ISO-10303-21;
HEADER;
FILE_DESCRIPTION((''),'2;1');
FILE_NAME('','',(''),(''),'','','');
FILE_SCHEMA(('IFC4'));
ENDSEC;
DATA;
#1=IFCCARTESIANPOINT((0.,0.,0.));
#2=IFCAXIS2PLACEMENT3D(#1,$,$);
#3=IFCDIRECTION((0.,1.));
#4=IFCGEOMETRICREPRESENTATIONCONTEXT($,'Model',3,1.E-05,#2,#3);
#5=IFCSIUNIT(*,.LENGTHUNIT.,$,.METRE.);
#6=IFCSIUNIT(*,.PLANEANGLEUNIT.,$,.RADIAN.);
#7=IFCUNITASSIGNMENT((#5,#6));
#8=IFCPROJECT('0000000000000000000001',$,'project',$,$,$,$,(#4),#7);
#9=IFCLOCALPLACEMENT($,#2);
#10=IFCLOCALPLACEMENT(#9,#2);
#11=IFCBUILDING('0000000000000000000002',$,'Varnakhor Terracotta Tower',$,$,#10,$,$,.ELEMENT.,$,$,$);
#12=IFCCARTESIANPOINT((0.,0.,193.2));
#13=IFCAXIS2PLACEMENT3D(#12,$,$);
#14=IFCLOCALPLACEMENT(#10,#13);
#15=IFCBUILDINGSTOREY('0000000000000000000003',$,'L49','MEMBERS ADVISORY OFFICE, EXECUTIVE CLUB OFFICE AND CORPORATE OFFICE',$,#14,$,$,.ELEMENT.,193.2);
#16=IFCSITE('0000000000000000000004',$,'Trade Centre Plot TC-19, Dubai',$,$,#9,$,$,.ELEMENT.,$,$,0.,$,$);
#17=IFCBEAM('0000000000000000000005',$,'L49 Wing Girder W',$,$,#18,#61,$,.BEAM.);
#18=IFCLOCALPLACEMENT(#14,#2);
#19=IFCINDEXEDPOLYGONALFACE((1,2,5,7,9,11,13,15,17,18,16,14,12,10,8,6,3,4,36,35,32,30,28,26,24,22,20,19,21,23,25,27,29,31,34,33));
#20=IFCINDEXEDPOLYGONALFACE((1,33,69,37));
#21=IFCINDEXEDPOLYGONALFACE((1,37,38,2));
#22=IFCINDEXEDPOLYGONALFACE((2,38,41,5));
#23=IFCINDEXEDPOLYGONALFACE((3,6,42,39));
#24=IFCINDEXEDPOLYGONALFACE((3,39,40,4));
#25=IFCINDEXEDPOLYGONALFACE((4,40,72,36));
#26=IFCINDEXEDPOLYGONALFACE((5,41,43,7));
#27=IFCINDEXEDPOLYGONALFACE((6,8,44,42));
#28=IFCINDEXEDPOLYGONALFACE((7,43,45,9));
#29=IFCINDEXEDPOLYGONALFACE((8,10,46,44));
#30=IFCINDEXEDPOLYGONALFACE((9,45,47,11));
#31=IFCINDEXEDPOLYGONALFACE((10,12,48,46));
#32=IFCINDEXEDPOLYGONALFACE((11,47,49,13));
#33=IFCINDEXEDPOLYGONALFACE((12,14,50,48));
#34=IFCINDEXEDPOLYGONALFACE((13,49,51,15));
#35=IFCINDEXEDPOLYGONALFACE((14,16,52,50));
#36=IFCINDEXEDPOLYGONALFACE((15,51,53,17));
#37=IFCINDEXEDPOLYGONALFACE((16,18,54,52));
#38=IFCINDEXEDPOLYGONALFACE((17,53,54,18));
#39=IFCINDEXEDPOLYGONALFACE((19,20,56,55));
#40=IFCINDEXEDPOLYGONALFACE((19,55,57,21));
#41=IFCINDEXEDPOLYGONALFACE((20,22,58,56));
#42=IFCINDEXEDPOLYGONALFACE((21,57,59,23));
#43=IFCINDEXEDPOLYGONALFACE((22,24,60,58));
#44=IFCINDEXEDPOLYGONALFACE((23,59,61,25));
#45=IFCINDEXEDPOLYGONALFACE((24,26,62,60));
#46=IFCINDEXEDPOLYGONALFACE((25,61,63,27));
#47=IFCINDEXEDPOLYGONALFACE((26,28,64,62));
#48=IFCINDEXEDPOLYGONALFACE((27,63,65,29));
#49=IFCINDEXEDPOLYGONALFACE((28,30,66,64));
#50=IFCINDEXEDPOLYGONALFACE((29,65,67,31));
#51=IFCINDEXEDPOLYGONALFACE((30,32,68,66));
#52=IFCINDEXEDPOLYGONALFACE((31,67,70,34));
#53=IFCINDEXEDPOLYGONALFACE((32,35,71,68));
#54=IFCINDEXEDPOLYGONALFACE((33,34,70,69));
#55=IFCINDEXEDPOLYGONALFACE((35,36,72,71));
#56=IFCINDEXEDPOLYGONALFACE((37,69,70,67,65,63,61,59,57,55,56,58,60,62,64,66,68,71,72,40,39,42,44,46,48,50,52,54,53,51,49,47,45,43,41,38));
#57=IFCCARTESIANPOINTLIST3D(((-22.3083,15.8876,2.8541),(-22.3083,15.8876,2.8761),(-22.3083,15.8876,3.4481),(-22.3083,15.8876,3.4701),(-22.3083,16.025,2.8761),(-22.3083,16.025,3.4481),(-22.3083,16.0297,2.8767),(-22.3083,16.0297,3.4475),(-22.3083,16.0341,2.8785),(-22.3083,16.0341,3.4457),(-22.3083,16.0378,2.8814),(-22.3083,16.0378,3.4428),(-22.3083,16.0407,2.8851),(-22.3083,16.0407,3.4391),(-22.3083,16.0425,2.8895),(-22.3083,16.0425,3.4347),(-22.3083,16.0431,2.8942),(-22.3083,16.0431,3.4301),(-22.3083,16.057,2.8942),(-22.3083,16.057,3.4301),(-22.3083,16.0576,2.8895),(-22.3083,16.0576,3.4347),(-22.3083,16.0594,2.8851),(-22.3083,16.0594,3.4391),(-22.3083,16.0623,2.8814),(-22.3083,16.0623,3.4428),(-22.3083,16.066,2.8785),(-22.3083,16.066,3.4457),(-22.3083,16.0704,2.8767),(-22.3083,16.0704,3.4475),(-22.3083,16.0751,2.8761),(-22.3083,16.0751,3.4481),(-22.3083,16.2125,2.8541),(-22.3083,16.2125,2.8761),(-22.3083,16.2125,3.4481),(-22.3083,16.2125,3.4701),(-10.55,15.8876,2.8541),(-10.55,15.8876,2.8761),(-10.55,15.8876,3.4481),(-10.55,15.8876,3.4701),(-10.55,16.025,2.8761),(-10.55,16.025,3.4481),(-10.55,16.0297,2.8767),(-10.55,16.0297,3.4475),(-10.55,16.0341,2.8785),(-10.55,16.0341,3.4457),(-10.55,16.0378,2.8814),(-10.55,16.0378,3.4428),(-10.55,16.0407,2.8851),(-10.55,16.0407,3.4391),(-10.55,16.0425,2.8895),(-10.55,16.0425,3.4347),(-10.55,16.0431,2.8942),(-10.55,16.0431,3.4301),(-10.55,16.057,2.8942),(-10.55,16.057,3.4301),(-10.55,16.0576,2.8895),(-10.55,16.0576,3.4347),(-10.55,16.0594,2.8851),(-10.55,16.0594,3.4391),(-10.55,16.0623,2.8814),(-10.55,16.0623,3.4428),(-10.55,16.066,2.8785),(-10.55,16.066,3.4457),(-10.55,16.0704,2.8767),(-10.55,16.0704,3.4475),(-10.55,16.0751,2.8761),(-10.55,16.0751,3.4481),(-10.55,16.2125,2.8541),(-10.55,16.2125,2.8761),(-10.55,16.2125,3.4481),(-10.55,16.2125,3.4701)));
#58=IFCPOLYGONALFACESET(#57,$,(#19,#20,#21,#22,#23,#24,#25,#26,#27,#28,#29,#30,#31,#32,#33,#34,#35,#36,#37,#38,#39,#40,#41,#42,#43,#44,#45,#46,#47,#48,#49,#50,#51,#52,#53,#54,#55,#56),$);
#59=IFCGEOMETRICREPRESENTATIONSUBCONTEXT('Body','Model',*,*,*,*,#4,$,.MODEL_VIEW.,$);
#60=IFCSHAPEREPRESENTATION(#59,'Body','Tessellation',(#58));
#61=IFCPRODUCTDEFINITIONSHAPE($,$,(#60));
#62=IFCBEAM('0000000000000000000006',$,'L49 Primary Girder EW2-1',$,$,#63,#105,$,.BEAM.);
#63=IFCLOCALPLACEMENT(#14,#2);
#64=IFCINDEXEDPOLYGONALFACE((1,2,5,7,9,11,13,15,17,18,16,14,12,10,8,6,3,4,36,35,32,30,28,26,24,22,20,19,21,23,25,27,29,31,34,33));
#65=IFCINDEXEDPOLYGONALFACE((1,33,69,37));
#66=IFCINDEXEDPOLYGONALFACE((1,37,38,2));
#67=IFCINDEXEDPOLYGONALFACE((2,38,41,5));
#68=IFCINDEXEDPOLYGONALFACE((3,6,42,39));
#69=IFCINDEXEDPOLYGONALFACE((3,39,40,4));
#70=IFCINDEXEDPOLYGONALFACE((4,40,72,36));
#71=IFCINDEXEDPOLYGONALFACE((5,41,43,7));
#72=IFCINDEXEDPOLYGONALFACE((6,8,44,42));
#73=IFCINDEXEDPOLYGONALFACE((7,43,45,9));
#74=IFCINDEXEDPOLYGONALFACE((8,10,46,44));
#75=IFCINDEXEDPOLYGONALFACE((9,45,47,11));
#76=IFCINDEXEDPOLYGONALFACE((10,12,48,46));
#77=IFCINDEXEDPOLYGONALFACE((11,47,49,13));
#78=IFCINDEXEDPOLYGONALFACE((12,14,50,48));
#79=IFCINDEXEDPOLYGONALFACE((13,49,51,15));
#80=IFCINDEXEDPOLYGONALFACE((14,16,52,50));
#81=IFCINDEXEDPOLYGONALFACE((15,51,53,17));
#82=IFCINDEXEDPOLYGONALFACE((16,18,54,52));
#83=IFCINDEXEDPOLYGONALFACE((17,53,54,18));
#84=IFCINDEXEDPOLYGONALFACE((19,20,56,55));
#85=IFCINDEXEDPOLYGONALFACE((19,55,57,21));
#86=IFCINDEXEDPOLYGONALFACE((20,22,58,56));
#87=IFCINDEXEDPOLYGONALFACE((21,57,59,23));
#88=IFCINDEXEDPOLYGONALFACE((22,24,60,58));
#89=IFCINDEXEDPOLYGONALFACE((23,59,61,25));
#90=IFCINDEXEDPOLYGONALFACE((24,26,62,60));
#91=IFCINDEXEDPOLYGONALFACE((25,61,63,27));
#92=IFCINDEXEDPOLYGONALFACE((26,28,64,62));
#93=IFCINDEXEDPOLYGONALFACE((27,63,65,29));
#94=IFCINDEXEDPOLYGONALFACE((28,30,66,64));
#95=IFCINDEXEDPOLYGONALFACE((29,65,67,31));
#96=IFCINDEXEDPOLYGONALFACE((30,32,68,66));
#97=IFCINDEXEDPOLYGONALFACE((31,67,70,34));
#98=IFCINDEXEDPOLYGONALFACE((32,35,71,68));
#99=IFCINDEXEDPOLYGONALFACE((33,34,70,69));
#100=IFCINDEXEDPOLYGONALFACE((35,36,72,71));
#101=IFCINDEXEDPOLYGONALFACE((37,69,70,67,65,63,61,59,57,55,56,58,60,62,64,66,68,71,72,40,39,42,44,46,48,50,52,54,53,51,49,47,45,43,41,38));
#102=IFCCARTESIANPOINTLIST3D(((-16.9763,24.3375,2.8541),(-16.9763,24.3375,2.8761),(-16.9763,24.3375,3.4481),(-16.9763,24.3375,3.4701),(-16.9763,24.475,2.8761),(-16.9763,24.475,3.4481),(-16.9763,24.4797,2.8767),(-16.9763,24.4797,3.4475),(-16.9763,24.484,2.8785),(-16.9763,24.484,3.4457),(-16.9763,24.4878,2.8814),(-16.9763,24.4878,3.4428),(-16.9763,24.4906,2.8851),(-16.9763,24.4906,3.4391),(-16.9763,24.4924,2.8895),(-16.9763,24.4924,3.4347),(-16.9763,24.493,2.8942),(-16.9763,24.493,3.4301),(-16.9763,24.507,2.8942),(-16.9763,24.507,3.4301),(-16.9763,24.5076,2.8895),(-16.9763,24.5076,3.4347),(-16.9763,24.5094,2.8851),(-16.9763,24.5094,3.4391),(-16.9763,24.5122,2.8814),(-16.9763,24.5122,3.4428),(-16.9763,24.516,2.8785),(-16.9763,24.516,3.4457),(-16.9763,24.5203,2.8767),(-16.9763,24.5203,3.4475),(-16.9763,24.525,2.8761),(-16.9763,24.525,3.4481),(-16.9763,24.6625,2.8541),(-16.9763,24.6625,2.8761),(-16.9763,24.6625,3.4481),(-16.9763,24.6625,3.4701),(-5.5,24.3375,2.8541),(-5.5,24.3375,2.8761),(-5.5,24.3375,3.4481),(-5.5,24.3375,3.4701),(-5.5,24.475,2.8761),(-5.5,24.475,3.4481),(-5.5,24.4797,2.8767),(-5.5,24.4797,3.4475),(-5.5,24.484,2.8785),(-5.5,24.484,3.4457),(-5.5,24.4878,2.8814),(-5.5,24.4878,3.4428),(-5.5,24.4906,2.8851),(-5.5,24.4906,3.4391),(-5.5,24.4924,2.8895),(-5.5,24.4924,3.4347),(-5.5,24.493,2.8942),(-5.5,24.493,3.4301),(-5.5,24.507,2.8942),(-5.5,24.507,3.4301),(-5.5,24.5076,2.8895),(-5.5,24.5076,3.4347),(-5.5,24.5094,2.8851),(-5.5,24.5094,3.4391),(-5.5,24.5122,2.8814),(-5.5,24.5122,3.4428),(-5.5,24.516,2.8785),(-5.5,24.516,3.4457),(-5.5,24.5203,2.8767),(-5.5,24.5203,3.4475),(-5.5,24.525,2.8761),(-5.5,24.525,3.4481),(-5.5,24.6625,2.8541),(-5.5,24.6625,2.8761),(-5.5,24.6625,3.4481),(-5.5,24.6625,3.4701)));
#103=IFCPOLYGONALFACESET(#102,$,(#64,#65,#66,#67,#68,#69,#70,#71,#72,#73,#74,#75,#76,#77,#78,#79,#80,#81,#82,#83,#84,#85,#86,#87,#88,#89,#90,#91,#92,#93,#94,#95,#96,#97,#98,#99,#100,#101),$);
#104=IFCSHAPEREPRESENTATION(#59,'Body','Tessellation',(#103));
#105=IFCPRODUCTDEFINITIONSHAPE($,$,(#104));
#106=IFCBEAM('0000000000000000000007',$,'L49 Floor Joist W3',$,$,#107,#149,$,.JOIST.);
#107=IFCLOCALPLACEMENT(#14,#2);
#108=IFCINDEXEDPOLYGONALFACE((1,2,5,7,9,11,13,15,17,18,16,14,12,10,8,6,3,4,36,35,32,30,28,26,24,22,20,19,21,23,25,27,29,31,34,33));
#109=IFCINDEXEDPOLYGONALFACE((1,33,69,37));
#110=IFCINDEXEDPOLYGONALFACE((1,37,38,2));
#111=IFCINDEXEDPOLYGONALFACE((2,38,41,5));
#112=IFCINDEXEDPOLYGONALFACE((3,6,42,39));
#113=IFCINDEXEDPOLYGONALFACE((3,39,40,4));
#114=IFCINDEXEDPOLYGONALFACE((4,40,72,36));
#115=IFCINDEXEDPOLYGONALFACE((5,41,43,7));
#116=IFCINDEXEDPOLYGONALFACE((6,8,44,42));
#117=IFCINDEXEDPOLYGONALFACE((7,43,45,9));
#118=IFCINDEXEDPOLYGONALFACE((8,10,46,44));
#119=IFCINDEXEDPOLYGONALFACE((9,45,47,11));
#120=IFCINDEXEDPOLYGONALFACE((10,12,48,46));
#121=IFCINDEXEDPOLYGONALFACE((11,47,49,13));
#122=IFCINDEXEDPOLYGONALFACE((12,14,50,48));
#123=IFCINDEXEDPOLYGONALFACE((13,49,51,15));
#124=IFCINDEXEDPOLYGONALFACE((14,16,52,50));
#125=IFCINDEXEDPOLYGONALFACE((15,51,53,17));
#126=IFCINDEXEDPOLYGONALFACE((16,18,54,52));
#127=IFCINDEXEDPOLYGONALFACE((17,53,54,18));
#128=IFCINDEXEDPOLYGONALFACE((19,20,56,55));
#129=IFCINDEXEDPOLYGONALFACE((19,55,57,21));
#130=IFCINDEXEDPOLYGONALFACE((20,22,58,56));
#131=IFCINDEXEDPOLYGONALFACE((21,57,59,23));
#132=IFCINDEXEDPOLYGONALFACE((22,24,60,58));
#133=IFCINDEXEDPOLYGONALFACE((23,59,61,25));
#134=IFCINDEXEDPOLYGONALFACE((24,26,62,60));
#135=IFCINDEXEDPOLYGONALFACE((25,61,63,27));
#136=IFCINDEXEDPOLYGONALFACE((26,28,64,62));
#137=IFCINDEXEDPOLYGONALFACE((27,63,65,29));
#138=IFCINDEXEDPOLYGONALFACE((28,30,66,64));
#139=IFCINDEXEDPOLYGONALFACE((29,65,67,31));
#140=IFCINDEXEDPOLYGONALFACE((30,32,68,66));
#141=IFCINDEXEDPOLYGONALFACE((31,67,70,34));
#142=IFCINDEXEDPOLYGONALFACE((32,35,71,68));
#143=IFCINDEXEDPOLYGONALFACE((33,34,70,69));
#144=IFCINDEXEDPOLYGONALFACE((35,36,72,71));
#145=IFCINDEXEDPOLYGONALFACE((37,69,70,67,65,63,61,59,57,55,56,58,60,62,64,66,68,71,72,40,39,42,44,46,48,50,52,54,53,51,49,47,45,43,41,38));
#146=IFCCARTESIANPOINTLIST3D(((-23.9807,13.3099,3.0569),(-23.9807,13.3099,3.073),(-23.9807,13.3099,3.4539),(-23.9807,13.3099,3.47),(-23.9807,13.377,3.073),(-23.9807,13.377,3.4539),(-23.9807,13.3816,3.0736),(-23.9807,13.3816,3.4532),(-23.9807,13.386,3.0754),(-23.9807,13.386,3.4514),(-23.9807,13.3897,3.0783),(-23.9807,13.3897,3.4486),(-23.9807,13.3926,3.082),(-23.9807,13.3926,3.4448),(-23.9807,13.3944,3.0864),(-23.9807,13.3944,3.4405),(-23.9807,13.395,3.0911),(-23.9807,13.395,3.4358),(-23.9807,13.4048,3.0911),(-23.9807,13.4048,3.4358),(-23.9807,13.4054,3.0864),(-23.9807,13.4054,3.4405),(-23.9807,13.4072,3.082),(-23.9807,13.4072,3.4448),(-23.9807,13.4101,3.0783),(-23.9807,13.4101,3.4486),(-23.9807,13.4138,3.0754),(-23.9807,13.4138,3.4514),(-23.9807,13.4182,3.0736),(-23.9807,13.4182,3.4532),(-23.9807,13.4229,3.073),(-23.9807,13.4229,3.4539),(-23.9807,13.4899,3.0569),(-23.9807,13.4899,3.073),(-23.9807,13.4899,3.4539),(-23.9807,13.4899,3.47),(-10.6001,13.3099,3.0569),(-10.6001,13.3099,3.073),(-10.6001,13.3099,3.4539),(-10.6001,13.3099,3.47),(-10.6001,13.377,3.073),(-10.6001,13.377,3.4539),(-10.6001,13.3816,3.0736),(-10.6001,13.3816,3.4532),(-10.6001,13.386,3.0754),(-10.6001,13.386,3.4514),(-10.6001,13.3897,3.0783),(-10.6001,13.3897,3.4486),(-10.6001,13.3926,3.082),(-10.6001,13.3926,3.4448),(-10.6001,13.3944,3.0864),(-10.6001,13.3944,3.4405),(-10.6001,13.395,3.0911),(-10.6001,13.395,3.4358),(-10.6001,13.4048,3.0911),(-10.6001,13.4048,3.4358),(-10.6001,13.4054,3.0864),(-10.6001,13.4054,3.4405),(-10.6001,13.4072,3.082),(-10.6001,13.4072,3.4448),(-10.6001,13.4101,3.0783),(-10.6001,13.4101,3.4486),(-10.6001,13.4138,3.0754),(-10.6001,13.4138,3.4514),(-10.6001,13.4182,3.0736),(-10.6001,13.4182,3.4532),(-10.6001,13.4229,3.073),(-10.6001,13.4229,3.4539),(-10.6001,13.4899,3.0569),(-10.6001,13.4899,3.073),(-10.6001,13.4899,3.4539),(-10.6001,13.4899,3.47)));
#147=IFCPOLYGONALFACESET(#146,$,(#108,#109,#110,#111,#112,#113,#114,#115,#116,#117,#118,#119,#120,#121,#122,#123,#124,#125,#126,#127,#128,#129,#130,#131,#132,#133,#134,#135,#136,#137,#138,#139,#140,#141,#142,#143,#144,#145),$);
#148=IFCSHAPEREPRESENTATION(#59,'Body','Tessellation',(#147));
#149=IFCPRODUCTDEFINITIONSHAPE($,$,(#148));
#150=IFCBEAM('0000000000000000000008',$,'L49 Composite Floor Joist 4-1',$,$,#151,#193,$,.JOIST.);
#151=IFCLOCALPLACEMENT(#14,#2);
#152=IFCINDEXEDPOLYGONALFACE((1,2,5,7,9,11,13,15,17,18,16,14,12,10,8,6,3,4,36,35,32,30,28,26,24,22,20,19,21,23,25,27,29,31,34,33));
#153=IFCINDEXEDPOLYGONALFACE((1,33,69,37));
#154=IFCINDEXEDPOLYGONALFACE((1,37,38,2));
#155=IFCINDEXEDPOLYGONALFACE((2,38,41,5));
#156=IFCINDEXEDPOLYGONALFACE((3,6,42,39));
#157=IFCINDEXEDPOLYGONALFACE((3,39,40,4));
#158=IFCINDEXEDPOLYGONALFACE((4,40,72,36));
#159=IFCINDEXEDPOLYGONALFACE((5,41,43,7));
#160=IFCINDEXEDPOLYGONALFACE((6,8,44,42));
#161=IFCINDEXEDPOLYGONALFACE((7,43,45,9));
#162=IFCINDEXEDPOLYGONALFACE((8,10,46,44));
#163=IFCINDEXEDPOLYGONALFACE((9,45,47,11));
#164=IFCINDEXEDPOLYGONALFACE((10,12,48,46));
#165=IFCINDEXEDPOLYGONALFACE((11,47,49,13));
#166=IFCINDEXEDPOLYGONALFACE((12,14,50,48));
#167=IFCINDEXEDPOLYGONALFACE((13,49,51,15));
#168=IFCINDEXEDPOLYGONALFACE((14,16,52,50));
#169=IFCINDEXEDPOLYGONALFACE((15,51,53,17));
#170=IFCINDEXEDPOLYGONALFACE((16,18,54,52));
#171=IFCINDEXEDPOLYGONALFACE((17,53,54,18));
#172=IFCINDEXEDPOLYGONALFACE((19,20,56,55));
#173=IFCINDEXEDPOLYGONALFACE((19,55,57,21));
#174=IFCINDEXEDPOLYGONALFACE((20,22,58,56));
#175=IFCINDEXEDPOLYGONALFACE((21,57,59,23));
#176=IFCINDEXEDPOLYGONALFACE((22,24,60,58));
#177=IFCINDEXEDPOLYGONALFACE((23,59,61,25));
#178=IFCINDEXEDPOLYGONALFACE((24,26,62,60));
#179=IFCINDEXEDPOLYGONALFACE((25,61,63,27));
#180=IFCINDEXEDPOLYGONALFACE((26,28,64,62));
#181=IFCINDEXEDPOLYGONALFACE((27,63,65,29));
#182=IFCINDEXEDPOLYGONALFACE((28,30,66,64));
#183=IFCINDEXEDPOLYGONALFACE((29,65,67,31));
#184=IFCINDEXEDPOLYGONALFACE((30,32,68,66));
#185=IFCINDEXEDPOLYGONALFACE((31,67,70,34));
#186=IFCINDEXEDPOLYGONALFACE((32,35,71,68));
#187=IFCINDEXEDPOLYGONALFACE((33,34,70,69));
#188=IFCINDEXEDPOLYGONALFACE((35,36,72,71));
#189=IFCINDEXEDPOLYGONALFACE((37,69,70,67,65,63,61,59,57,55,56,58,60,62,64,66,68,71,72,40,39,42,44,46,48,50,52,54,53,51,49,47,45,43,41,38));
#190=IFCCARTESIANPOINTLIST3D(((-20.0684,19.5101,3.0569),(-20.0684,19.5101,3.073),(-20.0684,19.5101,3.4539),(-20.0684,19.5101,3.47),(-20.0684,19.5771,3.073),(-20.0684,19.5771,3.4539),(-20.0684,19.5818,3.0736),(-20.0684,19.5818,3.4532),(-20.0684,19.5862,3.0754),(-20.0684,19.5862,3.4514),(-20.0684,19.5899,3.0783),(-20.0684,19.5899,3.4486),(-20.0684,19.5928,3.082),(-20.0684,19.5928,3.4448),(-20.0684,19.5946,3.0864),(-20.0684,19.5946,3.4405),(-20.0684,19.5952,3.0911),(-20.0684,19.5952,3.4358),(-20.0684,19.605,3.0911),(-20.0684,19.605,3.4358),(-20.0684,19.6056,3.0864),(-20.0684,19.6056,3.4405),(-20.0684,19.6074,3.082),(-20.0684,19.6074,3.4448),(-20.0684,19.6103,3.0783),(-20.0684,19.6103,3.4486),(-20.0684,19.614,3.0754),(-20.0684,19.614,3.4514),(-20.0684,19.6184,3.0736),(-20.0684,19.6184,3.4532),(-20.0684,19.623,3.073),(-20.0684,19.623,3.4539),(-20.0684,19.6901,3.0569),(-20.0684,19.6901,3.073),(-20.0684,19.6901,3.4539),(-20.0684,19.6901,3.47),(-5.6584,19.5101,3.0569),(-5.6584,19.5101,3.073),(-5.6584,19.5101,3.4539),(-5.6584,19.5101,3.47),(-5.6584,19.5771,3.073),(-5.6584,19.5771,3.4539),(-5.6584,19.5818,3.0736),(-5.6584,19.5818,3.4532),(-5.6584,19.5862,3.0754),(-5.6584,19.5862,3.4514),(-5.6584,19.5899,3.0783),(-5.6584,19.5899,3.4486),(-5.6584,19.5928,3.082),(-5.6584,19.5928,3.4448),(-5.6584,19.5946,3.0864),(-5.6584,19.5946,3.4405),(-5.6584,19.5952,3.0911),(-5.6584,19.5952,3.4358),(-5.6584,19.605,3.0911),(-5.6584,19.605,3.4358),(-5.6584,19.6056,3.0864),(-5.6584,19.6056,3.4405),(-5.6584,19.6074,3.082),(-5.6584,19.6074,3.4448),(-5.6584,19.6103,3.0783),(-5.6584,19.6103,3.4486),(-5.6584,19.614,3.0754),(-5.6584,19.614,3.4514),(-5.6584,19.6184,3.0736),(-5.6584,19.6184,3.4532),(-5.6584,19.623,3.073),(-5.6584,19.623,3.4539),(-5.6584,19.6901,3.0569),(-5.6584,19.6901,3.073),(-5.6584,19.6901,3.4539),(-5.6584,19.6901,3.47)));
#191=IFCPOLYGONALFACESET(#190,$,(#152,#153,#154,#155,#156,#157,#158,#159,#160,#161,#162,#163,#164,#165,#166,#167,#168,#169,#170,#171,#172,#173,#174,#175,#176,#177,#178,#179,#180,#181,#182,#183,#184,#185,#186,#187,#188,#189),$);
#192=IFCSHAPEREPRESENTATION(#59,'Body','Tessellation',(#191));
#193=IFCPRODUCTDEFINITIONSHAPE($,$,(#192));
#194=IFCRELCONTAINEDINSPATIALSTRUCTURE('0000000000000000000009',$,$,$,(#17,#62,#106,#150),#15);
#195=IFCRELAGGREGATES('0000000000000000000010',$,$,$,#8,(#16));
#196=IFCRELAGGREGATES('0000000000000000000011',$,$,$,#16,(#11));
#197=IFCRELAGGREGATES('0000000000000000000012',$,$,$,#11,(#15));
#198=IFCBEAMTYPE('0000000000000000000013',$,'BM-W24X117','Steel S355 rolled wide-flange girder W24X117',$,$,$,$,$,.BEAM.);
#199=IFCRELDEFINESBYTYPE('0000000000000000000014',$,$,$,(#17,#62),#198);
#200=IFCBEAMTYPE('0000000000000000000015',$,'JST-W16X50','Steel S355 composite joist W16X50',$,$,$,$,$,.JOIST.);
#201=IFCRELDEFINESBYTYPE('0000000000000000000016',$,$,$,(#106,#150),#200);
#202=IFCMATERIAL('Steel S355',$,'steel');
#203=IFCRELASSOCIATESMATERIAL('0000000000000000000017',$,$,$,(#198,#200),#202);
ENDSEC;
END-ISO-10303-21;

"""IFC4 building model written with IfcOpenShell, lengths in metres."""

from ifc_helpers import new_model, si_unit, direction, frame, origin, origin_2d, place, context, subcontext, project, spatial, i_section, extrude, source, transform, mapped, material, material_profile, profile_set, type_object, element, save


model = new_model("IFC4")

# Units and contexts
model_context = context("Model", 3, precision=1e-05, world=origin(), true_north=direction((0.0, 1.0)))
body_context = subcontext(model_context, "Body", "Model", "MODEL_VIEW")
ifc_project = project(units=[si_unit("LENGTHUNIT", "METRE"), si_unit("PLANEANGLEUNIT", "RADIAN")], contexts=[model_context])

# Site, building, storey
site_placement = place(None, origin())
site = spatial("IfcSite", under=ifc_project, at=site_placement, Name="Trade Centre Plot TC-19, Dubai", CompositionType="ELEMENT", RefElevation=0.0)
building_placement = place(site_placement, origin())
building = spatial("IfcBuilding", under=site, at=building_placement, Name="Varnakhor Terracotta Tower", CompositionType="ELEMENT")
storey_placement = place(building_placement, frame((0.0, 0.0, 193.2)))
storey = spatial("IfcBuildingStorey", under=building, at=storey_placement, Name="L49", Description="MEMBERS ADVISORY OFFICE, EXECUTIVE CLUB OFFICE AND CORPORATE OFFICE", CompositionType="ELEMENT", Elevation=193.2)

# Beams
ifc_material_1 = material(Name="Steel S355", Category="steel")
ifc_material_profile_1 = material_profile(ifc_material_1, i_section(OverallWidth=0.325, OverallDepth=0.616, WebThickness=0.0139, FlangeThickness=0.022, FilletRadius=0.0181, at=origin_2d()), Name="W24X117")
ifc_profile_set_1 = profile_set([ifc_material_profile_1], Name="Steel S355")
beam_type_1 = type_object("IfcBeamType", Name="BM-W24X117", Description="Steel S355 rolled wide-flange girder W24X117", PredefinedType="BEAM", material=ifc_profile_set_1)
shared_shape_1 = source(origin(), body_context, "Body", "SweptSolid", [
    extrude(i_section(OverallWidth=0.325, OverallDepth=0.616, WebThickness=0.0139, FlangeThickness=0.022, FilletRadius=0.0181, at=origin_2d()), origin(), (0.0, 0.0, 1.0), 11.7583),
])
beam_1_placement = place(storey_placement, frame((-22.3083, 16.05, 3.1621), z_axis=(1.0, 0.0, 0.0), x_axis=(0.0, 1.0, 0.0)))
element("IfcBeam", 1, at=beam_1_placement, inside=storey, type_object=beam_type_1, Name="L49 Wing Girder W", PredefinedType="BEAM", context=body_context, shape_type="MappedRepresentation", body=[
    mapped(shared_shape_1, transform((0.0, 0.0, 0.0), scale=1.0)),
])
shared_shape_2 = source(origin(), body_context, "Body", "SweptSolid", [
    extrude(i_section(OverallWidth=0.325, OverallDepth=0.616, WebThickness=0.0139, FlangeThickness=0.022, FilletRadius=0.0181, at=origin_2d()), origin(), (0.0, 0.0, 1.0), 11.4763),
])
beam_2_placement = place(storey_placement, frame((-16.9763, 24.5, 3.1621), z_axis=(1.0, 0.0, 0.0), x_axis=(0.0, 1.0, 0.0)))
element("IfcBeam", 2, at=beam_2_placement, inside=storey, type_object=beam_type_1, Name="L49 Primary Girder EW2-1", PredefinedType="BEAM", context=body_context, shape_type="MappedRepresentation", body=[
    mapped(shared_shape_2, transform((0.0, 0.0, 0.0), scale=1.0)),
])
ifc_material_profile_2 = material_profile(ifc_material_1, i_section(OverallWidth=0.1799, OverallDepth=0.4131, WebThickness=0.0098, FlangeThickness=0.0161, FilletRadius=0.0181, at=origin_2d()), Name="W16X50")
ifc_profile_set_2 = profile_set([ifc_material_profile_2], Name="Steel S355")
beam_type_2 = type_object("IfcBeamType", Name="JST-W16X50", Description="Steel S355 composite joist W16X50", PredefinedType="JOIST", material=ifc_profile_set_2)
shared_shape_3 = source(origin(), body_context, "Body", "SweptSolid", [
    extrude(i_section(OverallWidth=0.1799, OverallDepth=0.4131, WebThickness=0.0098, FlangeThickness=0.0161, FilletRadius=0.0181, at=origin_2d()), origin(), (0.0, 0.0, 1.0), 13.3806),
])
beam_3_placement = place(storey_placement, frame((-23.9807, 13.3999, 3.2634), z_axis=(1.0, 0.0, 0.0), x_axis=(0.0, 1.0, 0.0)))
element("IfcBeam", 3, at=beam_3_placement, inside=storey, type_object=beam_type_2, Name="L49 Floor Joist W3", PredefinedType="JOIST", context=body_context, shape_type="MappedRepresentation", body=[
    mapped(shared_shape_3, transform((0.0, 0.0, 0.0), scale=1.0)),
])
shared_shape_4 = source(origin(), body_context, "Body", "SweptSolid", [
    extrude(i_section(OverallWidth=0.1799, OverallDepth=0.4131, WebThickness=0.0098, FlangeThickness=0.0161, FilletRadius=0.0181, at=origin_2d()), origin(), (0.0, 0.0, 1.0), 14.4099),
])
beam_4_placement = place(storey_placement, frame((-20.0684, 19.6001, 3.2634), z_axis=(1.0, 0.0, 0.0), x_axis=(0.0, 1.0, 0.0)))
element("IfcBeam", 4, at=beam_4_placement, inside=storey, type_object=beam_type_2, Name="L49 Composite Floor Joist 4-1", PredefinedType="JOIST", context=body_context, shape_type="MappedRepresentation", body=[
    mapped(shared_shape_4, transform((0.0, 0.0, 0.0), scale=1.0)),
])

save(model, "model.ifc")
